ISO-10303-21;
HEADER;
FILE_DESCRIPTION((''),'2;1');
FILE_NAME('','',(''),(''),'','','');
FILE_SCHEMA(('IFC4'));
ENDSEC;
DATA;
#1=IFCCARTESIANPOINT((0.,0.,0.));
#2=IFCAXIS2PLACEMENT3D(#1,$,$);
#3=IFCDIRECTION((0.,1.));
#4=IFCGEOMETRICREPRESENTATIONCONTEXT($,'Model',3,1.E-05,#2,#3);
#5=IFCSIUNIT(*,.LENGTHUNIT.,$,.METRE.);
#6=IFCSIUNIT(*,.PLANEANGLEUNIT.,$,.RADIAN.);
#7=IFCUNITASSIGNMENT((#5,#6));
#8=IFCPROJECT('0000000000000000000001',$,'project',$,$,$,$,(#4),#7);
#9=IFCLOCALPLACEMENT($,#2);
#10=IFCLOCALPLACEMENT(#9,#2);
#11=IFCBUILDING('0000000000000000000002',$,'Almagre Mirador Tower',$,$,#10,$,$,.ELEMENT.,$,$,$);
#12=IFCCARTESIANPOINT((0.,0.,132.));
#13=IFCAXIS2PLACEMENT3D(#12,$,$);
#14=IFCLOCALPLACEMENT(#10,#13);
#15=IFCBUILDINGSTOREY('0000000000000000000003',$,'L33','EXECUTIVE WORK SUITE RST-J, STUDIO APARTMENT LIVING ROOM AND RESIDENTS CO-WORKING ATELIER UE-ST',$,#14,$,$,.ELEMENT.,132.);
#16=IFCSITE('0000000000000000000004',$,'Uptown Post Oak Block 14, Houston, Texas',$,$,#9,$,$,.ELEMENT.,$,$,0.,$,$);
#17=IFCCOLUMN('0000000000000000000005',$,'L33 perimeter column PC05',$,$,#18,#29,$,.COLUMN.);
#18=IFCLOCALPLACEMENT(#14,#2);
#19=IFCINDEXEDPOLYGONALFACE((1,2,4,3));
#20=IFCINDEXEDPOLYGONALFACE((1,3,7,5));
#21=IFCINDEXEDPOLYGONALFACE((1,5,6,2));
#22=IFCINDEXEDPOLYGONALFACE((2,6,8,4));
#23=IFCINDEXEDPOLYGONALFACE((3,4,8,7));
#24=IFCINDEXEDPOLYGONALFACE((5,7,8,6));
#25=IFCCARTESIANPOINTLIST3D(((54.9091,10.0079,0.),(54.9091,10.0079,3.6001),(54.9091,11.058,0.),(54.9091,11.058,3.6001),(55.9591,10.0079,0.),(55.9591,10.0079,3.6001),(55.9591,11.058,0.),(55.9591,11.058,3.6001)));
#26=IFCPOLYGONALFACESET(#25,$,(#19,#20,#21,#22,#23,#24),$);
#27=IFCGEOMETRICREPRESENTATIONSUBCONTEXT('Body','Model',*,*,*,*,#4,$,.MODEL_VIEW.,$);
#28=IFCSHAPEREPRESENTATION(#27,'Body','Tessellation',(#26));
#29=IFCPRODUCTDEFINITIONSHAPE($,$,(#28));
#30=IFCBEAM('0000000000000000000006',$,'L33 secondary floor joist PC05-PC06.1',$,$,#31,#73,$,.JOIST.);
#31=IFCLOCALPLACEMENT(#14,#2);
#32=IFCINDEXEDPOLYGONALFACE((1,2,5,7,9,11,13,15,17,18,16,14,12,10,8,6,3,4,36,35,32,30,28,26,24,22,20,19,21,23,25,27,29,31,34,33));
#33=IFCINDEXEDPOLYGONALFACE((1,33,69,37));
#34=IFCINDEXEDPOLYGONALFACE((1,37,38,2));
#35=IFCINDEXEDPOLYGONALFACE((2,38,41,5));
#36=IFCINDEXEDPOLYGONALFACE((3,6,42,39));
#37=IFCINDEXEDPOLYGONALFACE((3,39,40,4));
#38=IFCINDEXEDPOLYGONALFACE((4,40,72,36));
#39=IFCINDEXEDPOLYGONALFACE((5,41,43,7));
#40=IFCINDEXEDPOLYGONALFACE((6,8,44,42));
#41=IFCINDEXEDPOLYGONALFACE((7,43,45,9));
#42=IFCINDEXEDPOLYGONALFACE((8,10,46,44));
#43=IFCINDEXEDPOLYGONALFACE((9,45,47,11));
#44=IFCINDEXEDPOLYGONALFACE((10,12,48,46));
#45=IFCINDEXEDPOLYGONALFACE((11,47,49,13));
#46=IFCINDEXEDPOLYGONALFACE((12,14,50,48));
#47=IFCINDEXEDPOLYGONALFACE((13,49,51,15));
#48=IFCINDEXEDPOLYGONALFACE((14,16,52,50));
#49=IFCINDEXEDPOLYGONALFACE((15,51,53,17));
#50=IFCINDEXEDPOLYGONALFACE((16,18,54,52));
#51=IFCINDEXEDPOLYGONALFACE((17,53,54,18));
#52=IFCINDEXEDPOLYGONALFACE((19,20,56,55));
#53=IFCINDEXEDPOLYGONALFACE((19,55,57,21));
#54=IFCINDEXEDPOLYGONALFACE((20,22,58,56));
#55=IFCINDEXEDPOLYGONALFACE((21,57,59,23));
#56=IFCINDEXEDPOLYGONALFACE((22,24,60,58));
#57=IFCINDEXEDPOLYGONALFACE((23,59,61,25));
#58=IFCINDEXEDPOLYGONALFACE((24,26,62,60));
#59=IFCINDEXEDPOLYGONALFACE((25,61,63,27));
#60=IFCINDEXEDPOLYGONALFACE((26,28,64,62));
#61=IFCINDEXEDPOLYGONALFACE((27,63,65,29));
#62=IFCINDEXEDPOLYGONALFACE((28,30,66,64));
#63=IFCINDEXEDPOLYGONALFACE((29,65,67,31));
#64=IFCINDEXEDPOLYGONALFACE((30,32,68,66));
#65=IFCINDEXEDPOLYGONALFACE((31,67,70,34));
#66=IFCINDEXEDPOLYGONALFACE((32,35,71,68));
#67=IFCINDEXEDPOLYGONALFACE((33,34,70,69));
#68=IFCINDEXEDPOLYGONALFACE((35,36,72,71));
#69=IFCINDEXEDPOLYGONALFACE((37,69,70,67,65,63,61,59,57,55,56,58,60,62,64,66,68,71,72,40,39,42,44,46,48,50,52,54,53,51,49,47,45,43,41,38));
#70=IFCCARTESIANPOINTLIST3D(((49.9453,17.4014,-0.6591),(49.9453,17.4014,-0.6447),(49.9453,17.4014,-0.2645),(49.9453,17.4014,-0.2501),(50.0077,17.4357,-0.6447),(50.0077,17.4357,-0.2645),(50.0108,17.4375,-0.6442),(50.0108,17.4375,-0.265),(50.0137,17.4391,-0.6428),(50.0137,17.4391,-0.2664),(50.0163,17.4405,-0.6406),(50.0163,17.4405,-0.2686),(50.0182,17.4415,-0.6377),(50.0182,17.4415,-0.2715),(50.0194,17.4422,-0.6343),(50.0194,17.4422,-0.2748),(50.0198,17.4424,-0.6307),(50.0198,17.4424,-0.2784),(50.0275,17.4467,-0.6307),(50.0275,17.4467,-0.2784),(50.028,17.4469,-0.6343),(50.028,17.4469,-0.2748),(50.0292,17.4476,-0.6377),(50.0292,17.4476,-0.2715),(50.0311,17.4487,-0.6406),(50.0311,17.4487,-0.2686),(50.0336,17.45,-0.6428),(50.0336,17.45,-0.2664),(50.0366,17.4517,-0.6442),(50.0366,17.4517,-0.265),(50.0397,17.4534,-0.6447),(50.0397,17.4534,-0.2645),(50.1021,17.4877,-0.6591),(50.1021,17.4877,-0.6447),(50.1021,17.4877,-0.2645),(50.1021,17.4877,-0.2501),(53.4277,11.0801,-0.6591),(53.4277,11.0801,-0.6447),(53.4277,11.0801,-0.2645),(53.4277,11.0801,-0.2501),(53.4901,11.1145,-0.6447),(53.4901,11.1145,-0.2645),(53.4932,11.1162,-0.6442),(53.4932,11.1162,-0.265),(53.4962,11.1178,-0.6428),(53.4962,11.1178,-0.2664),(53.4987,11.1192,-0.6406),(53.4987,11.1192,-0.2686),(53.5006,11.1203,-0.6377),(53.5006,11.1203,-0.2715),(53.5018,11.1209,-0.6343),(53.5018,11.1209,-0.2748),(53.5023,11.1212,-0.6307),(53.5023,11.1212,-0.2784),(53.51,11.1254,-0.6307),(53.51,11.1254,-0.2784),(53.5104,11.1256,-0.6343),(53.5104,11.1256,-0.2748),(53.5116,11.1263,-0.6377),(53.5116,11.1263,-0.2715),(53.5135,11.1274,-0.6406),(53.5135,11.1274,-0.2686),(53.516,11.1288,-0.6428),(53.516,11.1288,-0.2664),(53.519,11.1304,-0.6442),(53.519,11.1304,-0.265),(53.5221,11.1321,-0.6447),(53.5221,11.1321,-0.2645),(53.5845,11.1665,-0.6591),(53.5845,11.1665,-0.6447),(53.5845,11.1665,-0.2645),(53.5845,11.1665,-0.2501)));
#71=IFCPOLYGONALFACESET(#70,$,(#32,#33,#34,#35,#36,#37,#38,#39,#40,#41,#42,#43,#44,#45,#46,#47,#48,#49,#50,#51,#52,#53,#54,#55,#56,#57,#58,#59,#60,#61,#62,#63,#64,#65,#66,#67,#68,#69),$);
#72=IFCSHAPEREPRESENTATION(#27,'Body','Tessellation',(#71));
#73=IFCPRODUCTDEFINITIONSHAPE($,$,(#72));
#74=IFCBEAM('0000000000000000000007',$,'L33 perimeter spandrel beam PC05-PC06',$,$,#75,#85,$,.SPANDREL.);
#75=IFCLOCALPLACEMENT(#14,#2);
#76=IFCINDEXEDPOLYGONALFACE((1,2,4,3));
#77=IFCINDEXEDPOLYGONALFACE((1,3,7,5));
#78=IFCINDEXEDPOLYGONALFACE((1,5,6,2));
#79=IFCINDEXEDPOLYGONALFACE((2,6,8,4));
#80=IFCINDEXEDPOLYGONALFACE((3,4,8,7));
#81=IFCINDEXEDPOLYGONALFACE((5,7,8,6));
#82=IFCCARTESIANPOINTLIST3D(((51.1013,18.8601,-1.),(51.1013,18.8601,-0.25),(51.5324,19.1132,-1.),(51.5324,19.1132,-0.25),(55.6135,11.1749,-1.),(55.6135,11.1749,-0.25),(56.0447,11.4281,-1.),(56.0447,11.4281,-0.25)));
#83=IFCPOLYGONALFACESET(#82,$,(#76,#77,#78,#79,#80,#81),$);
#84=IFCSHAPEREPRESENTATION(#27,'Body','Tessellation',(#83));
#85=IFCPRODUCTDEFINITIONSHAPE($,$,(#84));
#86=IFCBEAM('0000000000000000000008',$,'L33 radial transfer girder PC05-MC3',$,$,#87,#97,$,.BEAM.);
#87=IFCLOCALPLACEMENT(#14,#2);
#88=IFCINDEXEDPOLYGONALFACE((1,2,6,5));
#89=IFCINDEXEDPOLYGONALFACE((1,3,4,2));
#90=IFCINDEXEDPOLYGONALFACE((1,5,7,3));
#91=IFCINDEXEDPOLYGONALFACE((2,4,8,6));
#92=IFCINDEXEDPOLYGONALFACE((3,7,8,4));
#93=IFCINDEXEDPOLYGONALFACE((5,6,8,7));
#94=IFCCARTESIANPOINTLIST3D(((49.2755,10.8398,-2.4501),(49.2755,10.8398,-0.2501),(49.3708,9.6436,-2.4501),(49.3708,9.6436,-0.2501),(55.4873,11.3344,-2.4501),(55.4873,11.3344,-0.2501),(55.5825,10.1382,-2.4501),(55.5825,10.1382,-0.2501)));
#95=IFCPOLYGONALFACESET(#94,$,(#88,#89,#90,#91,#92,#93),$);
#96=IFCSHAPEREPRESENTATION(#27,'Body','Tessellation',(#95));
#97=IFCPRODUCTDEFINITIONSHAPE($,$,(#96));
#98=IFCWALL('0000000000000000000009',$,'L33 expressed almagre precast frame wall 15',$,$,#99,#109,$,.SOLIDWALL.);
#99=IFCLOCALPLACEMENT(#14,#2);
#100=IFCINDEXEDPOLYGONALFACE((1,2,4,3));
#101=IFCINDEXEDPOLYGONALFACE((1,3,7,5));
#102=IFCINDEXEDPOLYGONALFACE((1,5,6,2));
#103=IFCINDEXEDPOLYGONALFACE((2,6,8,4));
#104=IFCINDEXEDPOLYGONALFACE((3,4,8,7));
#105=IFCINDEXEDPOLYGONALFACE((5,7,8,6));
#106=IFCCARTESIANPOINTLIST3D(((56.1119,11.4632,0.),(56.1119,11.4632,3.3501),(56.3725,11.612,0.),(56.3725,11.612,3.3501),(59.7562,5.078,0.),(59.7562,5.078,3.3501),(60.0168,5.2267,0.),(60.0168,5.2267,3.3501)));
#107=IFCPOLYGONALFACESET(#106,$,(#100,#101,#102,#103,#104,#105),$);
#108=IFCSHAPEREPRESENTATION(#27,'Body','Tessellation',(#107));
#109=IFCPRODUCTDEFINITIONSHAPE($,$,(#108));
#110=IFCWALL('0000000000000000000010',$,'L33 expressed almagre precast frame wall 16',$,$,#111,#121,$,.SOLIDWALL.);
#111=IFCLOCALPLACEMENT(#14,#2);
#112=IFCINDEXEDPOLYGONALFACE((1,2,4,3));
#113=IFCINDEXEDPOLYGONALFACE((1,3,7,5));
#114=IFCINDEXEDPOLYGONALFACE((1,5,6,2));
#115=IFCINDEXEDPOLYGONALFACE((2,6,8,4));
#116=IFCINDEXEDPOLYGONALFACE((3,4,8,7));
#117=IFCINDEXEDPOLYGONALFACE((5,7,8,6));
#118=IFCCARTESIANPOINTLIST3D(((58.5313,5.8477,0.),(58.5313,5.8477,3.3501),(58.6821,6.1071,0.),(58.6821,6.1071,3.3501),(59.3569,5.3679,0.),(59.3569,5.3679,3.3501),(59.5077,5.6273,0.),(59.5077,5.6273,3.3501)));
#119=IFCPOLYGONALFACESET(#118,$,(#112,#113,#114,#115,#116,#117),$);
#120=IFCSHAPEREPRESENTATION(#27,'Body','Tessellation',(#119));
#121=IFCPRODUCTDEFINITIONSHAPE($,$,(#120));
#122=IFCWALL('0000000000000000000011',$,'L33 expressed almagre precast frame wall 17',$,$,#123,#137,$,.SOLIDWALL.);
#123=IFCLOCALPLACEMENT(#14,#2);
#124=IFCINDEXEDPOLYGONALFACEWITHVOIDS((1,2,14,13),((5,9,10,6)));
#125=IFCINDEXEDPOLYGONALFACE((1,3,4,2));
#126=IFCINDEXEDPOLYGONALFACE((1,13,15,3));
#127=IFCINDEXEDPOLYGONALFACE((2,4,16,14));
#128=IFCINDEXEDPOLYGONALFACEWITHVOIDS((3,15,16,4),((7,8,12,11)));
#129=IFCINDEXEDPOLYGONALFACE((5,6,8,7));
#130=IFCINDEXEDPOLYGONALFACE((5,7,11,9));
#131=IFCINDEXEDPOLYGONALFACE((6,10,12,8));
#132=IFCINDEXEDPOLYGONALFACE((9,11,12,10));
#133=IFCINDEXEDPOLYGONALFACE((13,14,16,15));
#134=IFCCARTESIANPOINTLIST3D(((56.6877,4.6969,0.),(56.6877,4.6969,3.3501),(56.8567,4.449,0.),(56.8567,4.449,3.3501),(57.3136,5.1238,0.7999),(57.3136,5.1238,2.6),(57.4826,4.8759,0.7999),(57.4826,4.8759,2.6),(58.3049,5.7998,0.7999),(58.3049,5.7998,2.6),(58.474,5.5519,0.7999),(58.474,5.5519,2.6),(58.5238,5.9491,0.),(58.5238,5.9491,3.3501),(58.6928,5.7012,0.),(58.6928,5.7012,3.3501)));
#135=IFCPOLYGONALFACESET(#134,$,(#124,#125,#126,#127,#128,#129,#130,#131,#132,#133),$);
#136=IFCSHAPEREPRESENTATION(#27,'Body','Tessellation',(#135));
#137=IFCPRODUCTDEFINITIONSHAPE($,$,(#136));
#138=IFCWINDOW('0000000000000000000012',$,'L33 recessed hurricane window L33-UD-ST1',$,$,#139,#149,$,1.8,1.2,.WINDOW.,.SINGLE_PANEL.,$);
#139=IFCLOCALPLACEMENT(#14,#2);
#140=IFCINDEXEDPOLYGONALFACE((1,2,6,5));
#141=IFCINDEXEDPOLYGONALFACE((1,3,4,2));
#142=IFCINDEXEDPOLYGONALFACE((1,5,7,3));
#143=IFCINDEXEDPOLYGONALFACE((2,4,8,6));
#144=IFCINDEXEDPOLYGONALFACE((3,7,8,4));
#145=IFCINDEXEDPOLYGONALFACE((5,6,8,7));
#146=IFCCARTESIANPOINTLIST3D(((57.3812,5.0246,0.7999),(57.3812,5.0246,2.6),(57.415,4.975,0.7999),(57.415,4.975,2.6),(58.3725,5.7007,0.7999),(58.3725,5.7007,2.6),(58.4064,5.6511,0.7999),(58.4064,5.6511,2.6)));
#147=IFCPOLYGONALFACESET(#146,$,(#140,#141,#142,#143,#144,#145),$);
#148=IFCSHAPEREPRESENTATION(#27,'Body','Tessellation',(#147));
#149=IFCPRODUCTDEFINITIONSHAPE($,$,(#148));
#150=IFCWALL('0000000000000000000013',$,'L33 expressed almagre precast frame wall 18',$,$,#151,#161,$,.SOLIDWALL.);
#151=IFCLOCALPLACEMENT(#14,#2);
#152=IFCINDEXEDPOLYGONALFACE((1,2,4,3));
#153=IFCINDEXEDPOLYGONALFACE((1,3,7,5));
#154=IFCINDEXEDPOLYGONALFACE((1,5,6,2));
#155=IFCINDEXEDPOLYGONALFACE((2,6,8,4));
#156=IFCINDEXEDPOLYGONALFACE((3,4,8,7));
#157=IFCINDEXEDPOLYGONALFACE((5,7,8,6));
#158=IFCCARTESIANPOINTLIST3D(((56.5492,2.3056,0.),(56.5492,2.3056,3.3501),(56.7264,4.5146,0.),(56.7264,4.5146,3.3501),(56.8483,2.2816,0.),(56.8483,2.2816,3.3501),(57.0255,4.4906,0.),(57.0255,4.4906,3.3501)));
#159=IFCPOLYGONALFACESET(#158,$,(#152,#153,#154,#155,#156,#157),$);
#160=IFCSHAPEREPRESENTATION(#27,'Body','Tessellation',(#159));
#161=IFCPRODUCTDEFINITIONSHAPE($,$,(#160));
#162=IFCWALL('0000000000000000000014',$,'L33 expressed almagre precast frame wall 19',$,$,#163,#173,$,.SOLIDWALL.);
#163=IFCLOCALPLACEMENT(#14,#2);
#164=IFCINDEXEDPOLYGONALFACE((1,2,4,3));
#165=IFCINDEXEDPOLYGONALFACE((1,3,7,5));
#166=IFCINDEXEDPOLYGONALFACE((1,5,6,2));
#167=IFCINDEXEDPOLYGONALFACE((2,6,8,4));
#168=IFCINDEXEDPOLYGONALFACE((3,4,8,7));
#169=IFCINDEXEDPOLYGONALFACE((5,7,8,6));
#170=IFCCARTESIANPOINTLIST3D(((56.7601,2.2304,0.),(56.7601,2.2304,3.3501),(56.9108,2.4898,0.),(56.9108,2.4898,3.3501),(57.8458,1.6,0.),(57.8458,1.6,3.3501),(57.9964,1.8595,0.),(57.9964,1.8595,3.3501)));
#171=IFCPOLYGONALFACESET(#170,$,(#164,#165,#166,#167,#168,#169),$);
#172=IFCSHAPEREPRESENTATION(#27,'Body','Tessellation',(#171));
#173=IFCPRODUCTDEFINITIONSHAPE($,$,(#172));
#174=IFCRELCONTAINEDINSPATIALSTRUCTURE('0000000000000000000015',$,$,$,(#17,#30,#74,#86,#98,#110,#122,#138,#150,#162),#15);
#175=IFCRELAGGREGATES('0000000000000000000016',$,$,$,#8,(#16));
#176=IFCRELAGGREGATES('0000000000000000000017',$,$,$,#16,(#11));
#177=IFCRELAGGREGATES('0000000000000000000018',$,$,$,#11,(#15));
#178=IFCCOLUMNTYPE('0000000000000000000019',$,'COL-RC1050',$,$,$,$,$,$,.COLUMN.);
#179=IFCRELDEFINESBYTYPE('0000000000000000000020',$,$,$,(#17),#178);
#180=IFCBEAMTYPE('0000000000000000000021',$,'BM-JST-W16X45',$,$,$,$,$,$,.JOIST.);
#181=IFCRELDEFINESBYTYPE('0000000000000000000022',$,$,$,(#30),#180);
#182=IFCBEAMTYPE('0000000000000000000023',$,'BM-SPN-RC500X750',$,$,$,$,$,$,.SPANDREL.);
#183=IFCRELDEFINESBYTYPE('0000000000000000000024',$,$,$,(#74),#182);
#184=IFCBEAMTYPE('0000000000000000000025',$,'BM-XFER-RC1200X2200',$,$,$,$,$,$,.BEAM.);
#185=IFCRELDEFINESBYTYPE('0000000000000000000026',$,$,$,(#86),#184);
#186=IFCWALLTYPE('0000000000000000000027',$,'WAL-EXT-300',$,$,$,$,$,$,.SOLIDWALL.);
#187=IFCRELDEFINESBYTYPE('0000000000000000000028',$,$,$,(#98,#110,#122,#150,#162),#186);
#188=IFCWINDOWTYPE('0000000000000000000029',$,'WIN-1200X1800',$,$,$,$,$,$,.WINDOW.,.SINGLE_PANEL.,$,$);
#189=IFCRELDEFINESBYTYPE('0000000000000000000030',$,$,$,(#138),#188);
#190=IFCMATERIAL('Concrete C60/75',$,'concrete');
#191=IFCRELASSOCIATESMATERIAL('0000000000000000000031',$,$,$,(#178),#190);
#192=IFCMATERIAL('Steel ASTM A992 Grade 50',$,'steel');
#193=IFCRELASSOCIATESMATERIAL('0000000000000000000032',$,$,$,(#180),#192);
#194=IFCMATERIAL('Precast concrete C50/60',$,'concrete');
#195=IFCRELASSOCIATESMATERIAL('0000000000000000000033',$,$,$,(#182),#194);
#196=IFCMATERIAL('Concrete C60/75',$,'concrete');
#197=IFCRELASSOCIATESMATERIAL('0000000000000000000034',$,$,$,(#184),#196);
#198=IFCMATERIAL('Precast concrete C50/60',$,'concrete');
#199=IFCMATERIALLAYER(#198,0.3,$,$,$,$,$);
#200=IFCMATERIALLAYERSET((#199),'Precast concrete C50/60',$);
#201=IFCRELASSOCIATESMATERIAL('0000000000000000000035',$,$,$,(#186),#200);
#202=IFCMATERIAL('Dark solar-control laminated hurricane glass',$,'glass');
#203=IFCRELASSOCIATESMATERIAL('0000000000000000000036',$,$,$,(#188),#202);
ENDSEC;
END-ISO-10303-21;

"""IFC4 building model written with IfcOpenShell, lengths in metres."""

from ifc_helpers import new_model, si_unit, direction, frame, frame_2d, origin, origin_2d, place, context, subcontext, project, spatial, rectangle, i_section, extrude, material, layer, layer_set, material_profile, profile_set, type_object, element, fill, save


model = new_model("IFC4")

# Units and contexts
model_context = context("Model", 3, precision=1e-05, world=origin(), true_north=direction((0.0, 1.0)))
body_context = subcontext(model_context, "Body", "Model", "MODEL_VIEW")
ifc_project = project(units=[si_unit("LENGTHUNIT", "METRE"), si_unit("PLANEANGLEUNIT", "RADIAN")], contexts=[model_context])

# Site, building, storey
site_placement = place(None, origin())
site = spatial("IfcSite", under=ifc_project, at=site_placement, Name="Uptown Post Oak Block 14, Houston, Texas", CompositionType="ELEMENT", RefElevation=0.0)
building_placement = place(site_placement, origin())
building = spatial("IfcBuilding", under=site, at=building_placement, Name="Almagre Mirador Tower", CompositionType="ELEMENT")
storey_placement = place(building_placement, frame((0.0, 0.0, 132.0)))
storey = spatial("IfcBuildingStorey", under=building, at=storey_placement, Name="L33", Description="EXECUTIVE WORK SUITE RST-J, STUDIO APARTMENT LIVING ROOM AND RESIDENTS CO-WORKING ATELIER UE-ST", CompositionType="ELEMENT", Elevation=132.0)

# Column
ifc_material_1 = material(Name="Concrete C60/75", Category="concrete")
ifc_material_profile_1 = material_profile(ifc_material_1, rectangle(XDim=1.05, YDim=1.05, at=origin_2d()), Name="RC1050X1050")
ifc_profile_set_1 = profile_set([ifc_material_profile_1], Name="Concrete C60/75")
column_type = type_object("IfcColumnType", Name="COL-RC1050", PredefinedType="COLUMN", material=ifc_profile_set_1)
column_placement = place(storey_placement, frame((55.4341, 10.533, 0.0), z_axis=(0.0, 0.0, 1.0), x_axis=(1.0, 0.0, 0.0)))
element("IfcColumn", 1, at=column_placement, inside=storey, type_object=column_type, Name="L33 perimeter column PC05", PredefinedType="COLUMN", context=body_context, shape_type="SweptSolid", body=[
    extrude(rectangle(XDim=1.05, YDim=1.05, at=origin_2d()), origin(), (0.0, 0.0, 1.0), 3.6001),
])

# Beams
ifc_material_2 = material(Name="Steel ASTM A992 Grade 50", Category="steel")
ifc_material_profile_2 = material_profile(ifc_material_2, i_section(OverallWidth=0.179, OverallDepth=0.4089, WebThickness=0.0088, FlangeThickness=0.0144, FilletRadius=0.0139, at=origin_2d()), Name="W16X45")
ifc_profile_set_2 = profile_set([ifc_material_profile_2], Name="Steel ASTM A992 Grade 50")
beam_type_1 = type_object("IfcBeamType", Name="BM-JST-W16X45", PredefinedType="JOIST", material=ifc_profile_set_2)
beam_1_placement = place(storey_placement, frame((53.5061, 11.1233, -0.4546), z_axis=(-0.482526, 0.875881, 0.0), x_axis=(-0.875881, -0.482526, 0.0)))
element("IfcBeam", 2, at=beam_1_placement, inside=storey, type_object=beam_type_1, Name="L33 secondary floor joist PC05-PC06.1", PredefinedType="JOIST", context=body_context, shape_type="SweptSolid", body=[
    extrude(i_section(OverallWidth=0.179, OverallDepth=0.4089, WebThickness=0.0088, FlangeThickness=0.0144, FilletRadius=0.0139, at=origin_2d()), origin(), (0.0, 0.0, 1.0), 7.217),
])
ifc_material_3 = material(Name="Precast concrete C50/60", Category="concrete")
ifc_material_profile_3 = material_profile(ifc_material_3, rectangle(XDim=0.5, YDim=0.75, at=origin_2d()), Name="RC500X750")
ifc_profile_set_3 = profile_set([ifc_material_profile_3], Name="Precast concrete C50/60")
beam_type_2 = type_object("IfcBeamType", Name="BM-SPN-RC500X750", PredefinedType="SPANDREL", material=ifc_profile_set_3)
beam_2_placement = place(storey_placement, frame((55.8291, 11.3015, -0.625), z_axis=(-0.506318, 0.862347, 0.0), x_axis=(-0.862347, -0.506318, 0.0)))
element("IfcBeam", 3, at=beam_2_placement, inside=storey, type_object=beam_type_2, Name="L33 perimeter spandrel beam PC05-PC06", PredefinedType="SPANDREL", context=body_context, shape_type="SweptSolid", body=[
    extrude(rectangle(XDim=0.5, YDim=0.75, at=origin_2d()), origin(), (0.0, 0.0, 1.0), 8.9119),
])
ifc_material_4 = material(Name="Concrete C60/75", Category="concrete")
ifc_material_profile_4 = material_profile(ifc_material_4, rectangle(XDim=1.2, YDim=2.2, at=origin_2d()), Name="RC1200X2200")
ifc_profile_set_4 = profile_set([ifc_material_profile_4], Name="Concrete C60/75")
beam_type_3 = type_object("IfcBeamType", Name="BM-XFER-RC1200X2200", PredefinedType="BEAM", material=ifc_profile_set_4)
beam_3_placement = place(storey_placement, frame((55.5349, 10.7363, -1.3501), z_axis=(-0.996845, -0.079378, 0.0), x_axis=(0.079378, -0.996845, 0.0)))
element("IfcBeam", 4, at=beam_3_placement, inside=storey, type_object=beam_type_3, Name="L33 radial transfer girder PC05-MC3", PredefinedType="BEAM", context=body_context, shape_type="SweptSolid", body=[
    extrude(rectangle(XDim=1.2, YDim=2.2, at=origin_2d()), origin(), (0.0, 0.0, 1.0), 6.2314),
])

# Walls
ifc_material_5 = material(Name="Precast concrete C50/60", Category="concrete")
ifc_layer_1 = layer(ifc_material_5, 0.3)
ifc_layer_set_1 = layer_set([ifc_layer_1], Name="Precast concrete C50/60")
wall_type_1 = type_object("IfcWallType", Name="WAL-EXT-300", PredefinedType="SOLIDWALL", material=ifc_layer_set_1)
wall_1_placement = place(storey_placement, frame((56.2422, 11.5376, 0.0), z_axis=(0.0, 0.0, 1.0), x_axis=(0.495685, -0.868503, 0.0)))
element("IfcWall", 5, at=wall_1_placement, inside=storey, type_object=wall_type_1, Name="L33 expressed almagre precast frame wall 15", PredefinedType="SOLIDWALL", context=body_context, shape_type="SweptSolid", body=[
    extrude(rectangle(XDim=7.3521, YDim=0.3, at=frame_2d((3.676, 0.0))), origin(), (0.0, 0.0, 1.0), 3.3501),
])
wall_2_placement = place(storey_placement, frame((59.4324, 5.4976, 0.0), z_axis=(0.0, 0.0, 1.0), x_axis=(-0.864585, 0.502487, 0.0)))
element("IfcWall", 6, at=wall_2_placement, inside=storey, type_object=wall_type_1, Name="L33 expressed almagre precast frame wall 16", PredefinedType="SOLIDWALL", context=body_context, shape_type="SweptSolid", body=[
    extrude(rectangle(XDim=0.9548, YDim=0.3, at=frame_2d((0.4775, 0.0))), origin(), (0.0, 0.0, 1.0), 3.3501),
])

# Wall, opening, window
wall_3_placement = place(storey_placement, frame((58.6084, 5.8252, 0.0), z_axis=(0.0, 0.0, 1.0), x_axis=(-0.826174, -0.563415, 0.0)))
wall_3 = element("IfcWall", 7, at=wall_3_placement, inside=storey, type_object=wall_type_1, Name="L33 expressed almagre precast frame wall 17", PredefinedType="SOLIDWALL", context=body_context, shape_type="SweptSolid", body=[
    extrude(rectangle(XDim=2.2224, YDim=0.3, at=frame_2d((1.1113, 0.0))), origin(), (0.0, 0.0, 1.0), 3.3501),
])
opening_1_placement = place(wall_3_placement, frame((0.2649, 0.0, 0.8)))
opening_1 = element("IfcOpeningElement", 8, at=opening_1_placement, cuts=wall_3, PredefinedType="OPENING", context=body_context, shape_type="SweptSolid", body=[
    extrude(rectangle(XDim=1.2, YDim=1.8, at=frame_2d((0.6001, 0.8999))), frame((0.0, 0.1599, 0.0), z_axis=(0.0, -1.0, 0.0), x_axis=(1.0, 0.0, 0.0)), (0.0, 0.0, 1.0), 0.32),
])
ifc_material_6 = material(Name="Dark solar-control laminated hurricane glass", Category="glass")
window_type = type_object("IfcWindowType", Name="WIN-1200X1800", PartitioningType="SINGLE_PANEL", PredefinedType="WINDOW", material=ifc_material_6)
window_1_placement = place(opening_1_placement, origin())
window_1 = element("IfcWindow", 9, at=window_1_placement, inside=storey, type_object=window_type, Name="L33 recessed hurricane window L33-UD-ST1", OverallHeight=1.8, OverallWidth=1.2, PartitioningType="SINGLE_PANEL", PredefinedType="WINDOW", context=body_context, shape_type="SweptSolid", body=[
    extrude(rectangle(XDim=1.2, YDim=1.8, at=frame_2d((0.6001, 0.8999))), frame((0.0, 0.03, 0.0), z_axis=(0.0, -1.0, 0.0), x_axis=(1.0, 0.0, 0.0)), (0.0, 0.0, 1.0), 0.0601),
])
fill(opening_1, window_1)

# Walls
wall_4_placement = place(storey_placement, frame((56.876, 4.5024, 0.0), z_axis=(0.0, 0.0, 1.0), x_axis=(-0.079982, -0.996796, 0.0)))
element("IfcWall", 10, at=wall_4_placement, inside=storey, type_object=wall_type_1, Name="L33 expressed almagre precast frame wall 18", PredefinedType="SOLIDWALL", context=body_context, shape_type="SweptSolid", body=[
    extrude(rectangle(XDim=2.2161, YDim=0.3, at=frame_2d((1.1079, 0.0))), origin(), (0.0, 0.0, 1.0), 3.3501),
])
wall_5_placement = place(storey_placement, frame((56.8354, 2.3601, 0.0), z_axis=(0.0, 0.0, 1.0), x_axis=(0.8648, -0.502117, 0.0)))
element("IfcWall", 11, at=wall_5_placement, inside=storey, type_object=wall_type_1, Name="L33 expressed almagre precast frame wall 19", PredefinedType="SOLIDWALL", context=body_context, shape_type="SweptSolid", body=[
    extrude(rectangle(XDim=1.2554, YDim=0.3, at=frame_2d((0.6277, 0.0))), origin(), (0.0, 0.0, 1.0), 3.3501),
])

save(model, "model.ifc")
